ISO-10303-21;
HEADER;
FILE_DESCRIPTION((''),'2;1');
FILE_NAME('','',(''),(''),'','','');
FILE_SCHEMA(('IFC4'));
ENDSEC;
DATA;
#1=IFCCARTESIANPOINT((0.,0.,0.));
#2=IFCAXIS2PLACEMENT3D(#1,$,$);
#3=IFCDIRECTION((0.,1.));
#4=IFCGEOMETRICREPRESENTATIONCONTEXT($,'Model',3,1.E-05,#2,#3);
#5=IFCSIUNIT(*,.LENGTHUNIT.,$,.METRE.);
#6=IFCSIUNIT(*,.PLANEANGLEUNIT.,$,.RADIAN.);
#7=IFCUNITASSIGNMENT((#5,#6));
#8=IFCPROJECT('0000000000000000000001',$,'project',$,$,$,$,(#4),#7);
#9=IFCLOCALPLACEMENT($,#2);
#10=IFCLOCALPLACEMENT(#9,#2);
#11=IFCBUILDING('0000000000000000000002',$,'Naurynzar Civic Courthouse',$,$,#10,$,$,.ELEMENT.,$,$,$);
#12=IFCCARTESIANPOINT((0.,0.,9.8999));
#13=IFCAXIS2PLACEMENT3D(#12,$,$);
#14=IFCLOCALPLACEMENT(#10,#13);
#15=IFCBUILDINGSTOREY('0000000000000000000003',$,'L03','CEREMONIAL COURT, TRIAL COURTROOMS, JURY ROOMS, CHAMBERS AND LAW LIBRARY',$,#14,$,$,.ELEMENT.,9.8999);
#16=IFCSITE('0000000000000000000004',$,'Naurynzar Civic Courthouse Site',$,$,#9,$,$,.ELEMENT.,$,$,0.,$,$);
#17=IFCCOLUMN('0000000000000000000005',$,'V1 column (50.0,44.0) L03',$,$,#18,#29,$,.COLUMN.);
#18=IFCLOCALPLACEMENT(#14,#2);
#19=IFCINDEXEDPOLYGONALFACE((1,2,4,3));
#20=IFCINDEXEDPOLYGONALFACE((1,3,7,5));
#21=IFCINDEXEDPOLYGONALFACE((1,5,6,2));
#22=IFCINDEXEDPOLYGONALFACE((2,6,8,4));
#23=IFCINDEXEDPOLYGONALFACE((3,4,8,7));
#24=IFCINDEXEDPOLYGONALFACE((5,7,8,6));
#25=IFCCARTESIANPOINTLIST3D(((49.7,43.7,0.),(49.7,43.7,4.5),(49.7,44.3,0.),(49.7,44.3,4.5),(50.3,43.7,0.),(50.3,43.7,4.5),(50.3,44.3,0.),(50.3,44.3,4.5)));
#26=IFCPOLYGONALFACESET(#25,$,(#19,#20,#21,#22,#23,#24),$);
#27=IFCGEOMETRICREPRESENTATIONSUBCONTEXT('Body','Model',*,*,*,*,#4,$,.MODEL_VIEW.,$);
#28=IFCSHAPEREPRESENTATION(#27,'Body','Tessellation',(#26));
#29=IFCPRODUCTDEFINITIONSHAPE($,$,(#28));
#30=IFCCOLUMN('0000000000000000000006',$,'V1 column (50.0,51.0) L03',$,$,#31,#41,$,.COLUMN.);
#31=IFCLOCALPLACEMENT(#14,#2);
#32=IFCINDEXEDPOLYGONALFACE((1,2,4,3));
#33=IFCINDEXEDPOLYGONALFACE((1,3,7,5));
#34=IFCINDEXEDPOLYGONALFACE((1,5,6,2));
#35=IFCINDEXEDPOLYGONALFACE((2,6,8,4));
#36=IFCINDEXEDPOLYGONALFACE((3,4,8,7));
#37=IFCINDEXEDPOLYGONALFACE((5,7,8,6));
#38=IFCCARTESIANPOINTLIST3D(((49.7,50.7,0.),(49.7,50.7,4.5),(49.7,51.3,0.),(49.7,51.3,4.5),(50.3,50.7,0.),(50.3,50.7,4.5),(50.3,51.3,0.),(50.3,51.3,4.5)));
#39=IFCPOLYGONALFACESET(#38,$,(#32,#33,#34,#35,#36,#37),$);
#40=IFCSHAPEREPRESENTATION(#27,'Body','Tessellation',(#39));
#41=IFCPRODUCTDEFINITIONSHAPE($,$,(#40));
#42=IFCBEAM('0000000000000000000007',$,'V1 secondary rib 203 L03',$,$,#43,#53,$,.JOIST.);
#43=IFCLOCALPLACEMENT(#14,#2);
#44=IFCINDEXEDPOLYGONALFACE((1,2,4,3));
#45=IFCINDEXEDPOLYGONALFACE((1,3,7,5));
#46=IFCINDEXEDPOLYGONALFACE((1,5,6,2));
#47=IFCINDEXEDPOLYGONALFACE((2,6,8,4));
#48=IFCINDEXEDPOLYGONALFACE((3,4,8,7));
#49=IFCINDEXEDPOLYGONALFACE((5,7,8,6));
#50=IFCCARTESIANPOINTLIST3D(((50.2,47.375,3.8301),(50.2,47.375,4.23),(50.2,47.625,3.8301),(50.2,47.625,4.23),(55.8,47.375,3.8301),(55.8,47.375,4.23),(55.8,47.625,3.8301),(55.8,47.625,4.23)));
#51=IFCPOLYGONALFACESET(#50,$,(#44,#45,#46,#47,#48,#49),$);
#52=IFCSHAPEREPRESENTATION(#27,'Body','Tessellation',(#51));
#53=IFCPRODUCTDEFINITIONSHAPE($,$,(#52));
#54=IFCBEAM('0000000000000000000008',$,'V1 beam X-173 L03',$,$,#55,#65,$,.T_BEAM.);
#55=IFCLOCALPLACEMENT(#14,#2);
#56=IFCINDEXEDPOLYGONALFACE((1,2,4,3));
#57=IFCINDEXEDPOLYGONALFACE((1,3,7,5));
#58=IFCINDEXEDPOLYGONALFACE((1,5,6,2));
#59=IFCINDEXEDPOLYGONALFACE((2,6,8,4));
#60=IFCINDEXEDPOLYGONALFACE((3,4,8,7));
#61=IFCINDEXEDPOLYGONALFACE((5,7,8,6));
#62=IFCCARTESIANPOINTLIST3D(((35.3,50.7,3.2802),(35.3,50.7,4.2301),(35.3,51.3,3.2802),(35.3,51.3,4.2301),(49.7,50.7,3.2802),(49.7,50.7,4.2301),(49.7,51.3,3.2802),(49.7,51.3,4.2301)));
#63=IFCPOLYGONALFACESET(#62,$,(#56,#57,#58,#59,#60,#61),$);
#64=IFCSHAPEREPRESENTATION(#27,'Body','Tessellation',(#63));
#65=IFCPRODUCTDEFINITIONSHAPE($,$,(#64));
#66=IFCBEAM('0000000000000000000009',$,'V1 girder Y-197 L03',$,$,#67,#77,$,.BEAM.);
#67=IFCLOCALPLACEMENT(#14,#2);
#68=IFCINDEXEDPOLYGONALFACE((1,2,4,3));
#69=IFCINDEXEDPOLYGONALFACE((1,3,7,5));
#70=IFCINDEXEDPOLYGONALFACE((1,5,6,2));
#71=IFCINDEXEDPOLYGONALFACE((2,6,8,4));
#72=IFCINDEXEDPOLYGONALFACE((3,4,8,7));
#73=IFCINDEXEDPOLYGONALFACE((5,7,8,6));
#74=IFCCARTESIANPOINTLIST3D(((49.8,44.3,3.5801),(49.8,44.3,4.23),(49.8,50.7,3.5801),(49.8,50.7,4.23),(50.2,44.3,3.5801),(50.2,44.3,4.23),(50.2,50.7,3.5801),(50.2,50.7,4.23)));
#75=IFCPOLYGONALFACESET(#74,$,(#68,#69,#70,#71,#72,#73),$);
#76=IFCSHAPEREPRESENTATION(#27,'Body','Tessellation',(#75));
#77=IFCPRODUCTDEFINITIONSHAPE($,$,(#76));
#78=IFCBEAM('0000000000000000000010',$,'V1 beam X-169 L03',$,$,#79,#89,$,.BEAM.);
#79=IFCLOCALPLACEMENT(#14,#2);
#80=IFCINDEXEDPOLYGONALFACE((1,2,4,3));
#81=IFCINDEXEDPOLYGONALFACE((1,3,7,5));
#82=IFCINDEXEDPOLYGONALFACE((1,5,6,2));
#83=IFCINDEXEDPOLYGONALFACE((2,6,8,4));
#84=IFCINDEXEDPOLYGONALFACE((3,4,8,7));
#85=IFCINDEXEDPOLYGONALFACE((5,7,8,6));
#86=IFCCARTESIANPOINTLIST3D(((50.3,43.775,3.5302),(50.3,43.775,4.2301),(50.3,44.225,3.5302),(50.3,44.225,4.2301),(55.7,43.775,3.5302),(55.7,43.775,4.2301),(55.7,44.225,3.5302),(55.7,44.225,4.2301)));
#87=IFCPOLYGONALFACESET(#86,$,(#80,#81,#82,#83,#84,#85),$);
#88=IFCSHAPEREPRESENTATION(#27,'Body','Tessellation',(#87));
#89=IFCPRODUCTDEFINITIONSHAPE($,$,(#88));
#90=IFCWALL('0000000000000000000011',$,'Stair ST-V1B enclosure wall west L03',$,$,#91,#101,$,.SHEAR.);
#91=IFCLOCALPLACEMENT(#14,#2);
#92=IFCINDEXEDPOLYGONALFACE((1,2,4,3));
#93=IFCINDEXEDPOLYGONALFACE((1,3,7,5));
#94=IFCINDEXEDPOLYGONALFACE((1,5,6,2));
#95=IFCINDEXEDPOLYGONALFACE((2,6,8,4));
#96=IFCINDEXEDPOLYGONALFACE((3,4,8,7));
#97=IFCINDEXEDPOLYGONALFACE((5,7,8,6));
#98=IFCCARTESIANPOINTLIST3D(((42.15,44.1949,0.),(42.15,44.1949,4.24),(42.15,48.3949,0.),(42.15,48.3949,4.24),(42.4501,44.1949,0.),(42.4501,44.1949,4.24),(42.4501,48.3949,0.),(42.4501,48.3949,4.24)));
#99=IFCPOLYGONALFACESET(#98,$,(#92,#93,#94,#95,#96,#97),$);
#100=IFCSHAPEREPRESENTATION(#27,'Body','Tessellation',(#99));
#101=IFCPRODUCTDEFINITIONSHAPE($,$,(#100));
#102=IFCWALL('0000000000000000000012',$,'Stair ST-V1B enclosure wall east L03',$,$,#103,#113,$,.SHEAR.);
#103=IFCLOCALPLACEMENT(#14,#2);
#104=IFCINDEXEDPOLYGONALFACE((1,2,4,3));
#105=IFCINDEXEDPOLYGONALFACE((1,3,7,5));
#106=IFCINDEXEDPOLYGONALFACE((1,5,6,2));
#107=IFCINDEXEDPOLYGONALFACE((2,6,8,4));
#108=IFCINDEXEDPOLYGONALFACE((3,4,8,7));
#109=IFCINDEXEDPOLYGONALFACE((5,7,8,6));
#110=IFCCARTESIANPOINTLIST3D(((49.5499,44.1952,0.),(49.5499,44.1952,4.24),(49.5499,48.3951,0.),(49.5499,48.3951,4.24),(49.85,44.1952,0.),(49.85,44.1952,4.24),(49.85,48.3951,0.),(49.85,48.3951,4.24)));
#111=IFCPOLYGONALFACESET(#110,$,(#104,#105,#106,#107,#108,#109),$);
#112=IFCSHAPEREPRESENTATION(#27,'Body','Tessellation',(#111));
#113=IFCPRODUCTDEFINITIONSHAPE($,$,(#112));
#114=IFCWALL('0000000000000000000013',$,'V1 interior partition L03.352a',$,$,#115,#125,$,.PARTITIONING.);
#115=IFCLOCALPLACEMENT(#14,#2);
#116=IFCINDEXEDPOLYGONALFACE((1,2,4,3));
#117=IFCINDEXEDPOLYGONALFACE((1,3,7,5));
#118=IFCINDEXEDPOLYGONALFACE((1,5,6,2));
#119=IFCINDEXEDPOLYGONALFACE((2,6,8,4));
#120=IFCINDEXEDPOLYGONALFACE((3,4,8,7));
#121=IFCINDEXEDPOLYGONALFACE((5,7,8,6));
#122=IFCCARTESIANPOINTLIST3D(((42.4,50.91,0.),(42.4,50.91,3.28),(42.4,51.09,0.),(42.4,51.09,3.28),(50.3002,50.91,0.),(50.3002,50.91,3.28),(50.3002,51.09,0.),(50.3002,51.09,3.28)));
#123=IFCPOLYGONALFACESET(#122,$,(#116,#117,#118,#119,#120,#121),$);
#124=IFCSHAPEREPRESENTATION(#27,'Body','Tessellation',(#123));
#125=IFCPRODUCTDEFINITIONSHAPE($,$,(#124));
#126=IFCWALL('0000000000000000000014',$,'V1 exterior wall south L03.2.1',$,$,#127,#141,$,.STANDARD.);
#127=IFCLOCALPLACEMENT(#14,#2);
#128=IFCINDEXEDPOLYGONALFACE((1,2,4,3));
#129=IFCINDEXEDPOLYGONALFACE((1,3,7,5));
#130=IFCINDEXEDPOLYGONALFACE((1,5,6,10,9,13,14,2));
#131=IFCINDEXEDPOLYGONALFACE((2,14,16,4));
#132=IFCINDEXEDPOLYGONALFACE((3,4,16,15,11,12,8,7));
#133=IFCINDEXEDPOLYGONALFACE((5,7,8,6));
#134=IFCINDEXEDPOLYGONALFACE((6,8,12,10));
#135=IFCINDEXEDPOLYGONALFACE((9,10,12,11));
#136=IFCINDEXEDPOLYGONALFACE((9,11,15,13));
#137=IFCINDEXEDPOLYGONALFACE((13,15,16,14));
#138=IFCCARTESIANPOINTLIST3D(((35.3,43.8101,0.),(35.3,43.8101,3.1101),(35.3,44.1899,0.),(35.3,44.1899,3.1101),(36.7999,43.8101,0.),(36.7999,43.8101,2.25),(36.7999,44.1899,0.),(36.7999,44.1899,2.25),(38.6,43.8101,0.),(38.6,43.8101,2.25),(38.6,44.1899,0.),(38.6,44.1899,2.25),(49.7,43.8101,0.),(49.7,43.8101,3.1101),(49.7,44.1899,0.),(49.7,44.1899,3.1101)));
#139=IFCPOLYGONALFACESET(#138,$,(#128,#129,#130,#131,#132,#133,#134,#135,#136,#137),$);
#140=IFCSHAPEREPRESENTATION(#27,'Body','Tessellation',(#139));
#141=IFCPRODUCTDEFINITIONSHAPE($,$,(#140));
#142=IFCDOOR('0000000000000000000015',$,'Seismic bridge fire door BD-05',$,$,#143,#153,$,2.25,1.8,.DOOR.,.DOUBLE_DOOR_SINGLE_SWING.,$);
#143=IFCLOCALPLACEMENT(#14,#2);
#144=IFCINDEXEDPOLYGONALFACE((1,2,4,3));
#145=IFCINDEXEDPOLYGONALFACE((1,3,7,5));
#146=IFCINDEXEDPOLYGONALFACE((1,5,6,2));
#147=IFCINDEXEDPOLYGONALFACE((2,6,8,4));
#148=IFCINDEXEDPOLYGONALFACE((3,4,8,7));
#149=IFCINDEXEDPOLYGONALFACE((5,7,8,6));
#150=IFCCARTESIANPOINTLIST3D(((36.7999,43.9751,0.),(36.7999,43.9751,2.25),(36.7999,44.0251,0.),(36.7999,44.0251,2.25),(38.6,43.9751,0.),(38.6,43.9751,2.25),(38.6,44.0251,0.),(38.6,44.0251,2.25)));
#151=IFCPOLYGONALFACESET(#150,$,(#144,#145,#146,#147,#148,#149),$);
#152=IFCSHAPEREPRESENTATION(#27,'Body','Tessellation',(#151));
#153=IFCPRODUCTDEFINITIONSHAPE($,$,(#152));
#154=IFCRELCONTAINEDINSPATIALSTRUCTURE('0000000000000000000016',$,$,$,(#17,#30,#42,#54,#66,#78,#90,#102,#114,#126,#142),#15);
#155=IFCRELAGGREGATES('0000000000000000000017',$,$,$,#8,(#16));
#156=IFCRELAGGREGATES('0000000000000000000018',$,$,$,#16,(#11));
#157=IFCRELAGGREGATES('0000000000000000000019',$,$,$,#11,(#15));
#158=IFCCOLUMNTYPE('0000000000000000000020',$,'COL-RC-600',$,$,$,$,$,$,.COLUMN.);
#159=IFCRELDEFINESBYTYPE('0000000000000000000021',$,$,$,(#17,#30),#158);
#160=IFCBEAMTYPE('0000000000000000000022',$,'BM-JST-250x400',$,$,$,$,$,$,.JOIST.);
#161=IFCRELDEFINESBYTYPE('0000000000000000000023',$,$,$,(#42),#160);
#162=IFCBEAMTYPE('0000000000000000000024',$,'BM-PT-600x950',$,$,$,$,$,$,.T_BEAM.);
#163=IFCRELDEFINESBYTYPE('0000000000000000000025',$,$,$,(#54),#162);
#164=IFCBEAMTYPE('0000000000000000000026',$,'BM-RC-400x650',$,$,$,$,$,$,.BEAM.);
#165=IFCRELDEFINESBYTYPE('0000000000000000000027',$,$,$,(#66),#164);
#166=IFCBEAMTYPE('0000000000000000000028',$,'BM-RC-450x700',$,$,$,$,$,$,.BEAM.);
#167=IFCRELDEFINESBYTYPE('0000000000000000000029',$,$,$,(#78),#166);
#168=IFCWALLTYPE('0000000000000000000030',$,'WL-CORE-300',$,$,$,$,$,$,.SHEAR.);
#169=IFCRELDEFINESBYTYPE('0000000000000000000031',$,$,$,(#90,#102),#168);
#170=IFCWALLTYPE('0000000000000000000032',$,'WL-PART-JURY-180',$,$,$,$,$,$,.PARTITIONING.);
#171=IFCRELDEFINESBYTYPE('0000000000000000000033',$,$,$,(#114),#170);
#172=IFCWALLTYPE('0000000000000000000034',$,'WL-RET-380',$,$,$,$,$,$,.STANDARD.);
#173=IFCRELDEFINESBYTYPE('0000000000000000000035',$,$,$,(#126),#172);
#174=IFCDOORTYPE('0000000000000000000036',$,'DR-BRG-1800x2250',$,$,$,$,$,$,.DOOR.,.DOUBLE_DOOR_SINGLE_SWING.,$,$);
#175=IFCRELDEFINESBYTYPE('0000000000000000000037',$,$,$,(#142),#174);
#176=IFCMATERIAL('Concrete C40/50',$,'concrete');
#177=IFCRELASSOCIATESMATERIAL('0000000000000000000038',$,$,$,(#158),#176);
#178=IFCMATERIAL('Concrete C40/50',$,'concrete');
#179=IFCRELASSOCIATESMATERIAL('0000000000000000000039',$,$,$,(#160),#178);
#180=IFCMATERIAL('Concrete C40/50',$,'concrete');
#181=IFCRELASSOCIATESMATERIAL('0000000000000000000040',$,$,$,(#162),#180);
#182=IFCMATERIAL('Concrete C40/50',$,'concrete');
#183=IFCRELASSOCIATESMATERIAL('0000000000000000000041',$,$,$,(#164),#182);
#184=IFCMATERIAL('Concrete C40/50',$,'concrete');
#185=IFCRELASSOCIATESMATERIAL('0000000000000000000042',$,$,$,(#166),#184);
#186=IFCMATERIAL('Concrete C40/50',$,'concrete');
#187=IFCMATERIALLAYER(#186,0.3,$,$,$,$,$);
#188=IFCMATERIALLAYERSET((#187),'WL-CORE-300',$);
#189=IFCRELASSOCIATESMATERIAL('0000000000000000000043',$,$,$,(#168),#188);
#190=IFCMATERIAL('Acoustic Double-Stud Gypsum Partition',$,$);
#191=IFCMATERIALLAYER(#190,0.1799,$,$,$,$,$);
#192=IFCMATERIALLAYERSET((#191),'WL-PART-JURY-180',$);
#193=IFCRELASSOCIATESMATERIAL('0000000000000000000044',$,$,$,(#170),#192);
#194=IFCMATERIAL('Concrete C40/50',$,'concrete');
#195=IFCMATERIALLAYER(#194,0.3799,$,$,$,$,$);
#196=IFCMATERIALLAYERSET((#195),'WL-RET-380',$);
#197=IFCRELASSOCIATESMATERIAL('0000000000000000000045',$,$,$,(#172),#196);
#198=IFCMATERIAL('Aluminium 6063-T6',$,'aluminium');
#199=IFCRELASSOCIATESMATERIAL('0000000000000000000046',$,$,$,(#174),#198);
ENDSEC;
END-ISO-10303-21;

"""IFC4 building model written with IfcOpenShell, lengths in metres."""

from ifc_helpers import new_model, si_unit, direction, frame, frame_2d, origin, origin_2d, place, context, subcontext, project, spatial, rectangle, extrude, material, layer, layer_set, material_profile, profile_set, type_object, element, fill, save


model = new_model("IFC4")

# Units and contexts
model_context = context("Model", 3, precision=1e-05, world=origin(), true_north=direction((0.0, 1.0)))
body_context = subcontext(model_context, "Body", "Model", "MODEL_VIEW")
ifc_project = project(units=[si_unit("LENGTHUNIT", "METRE"), si_unit("PLANEANGLEUNIT", "RADIAN")], contexts=[model_context])

# Site, building, storey
site_placement = place(None, origin())
site = spatial("IfcSite", under=ifc_project, at=site_placement, Name="Naurynzar Civic Courthouse Site", CompositionType="ELEMENT", RefElevation=0.0)
building_placement = place(site_placement, origin())
building = spatial("IfcBuilding", under=site, at=building_placement, Name="Naurynzar Civic Courthouse", CompositionType="ELEMENT")
storey_placement = place(building_placement, frame((0.0, 0.0, 9.8999)))
storey = spatial("IfcBuildingStorey", under=building, at=storey_placement, Name="L03", Description="CEREMONIAL COURT, TRIAL COURTROOMS, JURY ROOMS, CHAMBERS AND LAW LIBRARY", CompositionType="ELEMENT", Elevation=9.8999)

# Columns
ifc_material_1 = material(Name="Concrete C40/50", Category="concrete")
ifc_material_profile_1 = material_profile(ifc_material_1, rectangle(XDim=0.6001, YDim=0.6001, at=origin_2d()), Name="RC 600x600")
ifc_profile_set_1 = profile_set([ifc_material_profile_1], Name="Concrete C40/50")
column_type = type_object("IfcColumnType", Name="COL-RC-600", PredefinedType="COLUMN", material=ifc_profile_set_1)
for number, where, z_axis, x_axis, name in (
    (1, (50.0, 44.0, 0.0), (0.0, 0.0, 1.0), (1.0, 0.0, 0.0), "V1 column (50.0,44.0) L03"),
    (2, (50.0, 51.0, 0.0), (0.0, 0.0, 1.0), (1.0, 0.0, 0.0), "V1 column (50.0,51.0) L03"),
):
    element("IfcColumn", number, at=place(storey_placement, frame(where, z_axis=z_axis, x_axis=x_axis)), inside=storey, type_object=column_type, Name=name, PredefinedType="COLUMN", context=body_context, shape_type="SweptSolid", body=[
        extrude(rectangle(XDim=0.6001, YDim=0.6001, at=origin_2d()), origin(), (0.0, 0.0, 1.0), 4.5),
    ])

# Beams
ifc_material_2 = material(Name="Concrete C40/50", Category="concrete")
ifc_material_profile_2 = material_profile(ifc_material_2, rectangle(XDim=0.25, YDim=0.3999, at=origin_2d()), Name="RCB 250x400")
ifc_profile_set_2 = profile_set([ifc_material_profile_2], Name="Concrete C40/50")
beam_type_1 = type_object("IfcBeamType", Name="BM-JST-250x400", PredefinedType="JOIST", material=ifc_profile_set_2)
beam_1_placement = place(storey_placement, frame((50.2, 47.5, 4.03), z_axis=(1.0, 0.0, 0.0), x_axis=(0.0, 1.0, 0.0)))
element("IfcBeam", 3, at=beam_1_placement, inside=storey, type_object=beam_type_1, Name="V1 secondary rib 203 L03", PredefinedType="JOIST", context=body_context, shape_type="SweptSolid", body=[
    extrude(rectangle(XDim=0.25, YDim=0.3999, at=origin_2d()), origin(), (0.0, 0.0, 1.0), 5.6001),
])
ifc_material_3 = material(Name="Concrete C40/50", Category="concrete")
ifc_material_profile_3 = material_profile(ifc_material_3, rectangle(XDim=0.6001, YDim=0.95, at=origin_2d()), Name="PTB 600x950")
ifc_profile_set_3 = profile_set([ifc_material_profile_3], Name="Concrete C40/50")
beam_type_2 = type_object("IfcBeamType", Name="BM-PT-600x950", PredefinedType="T_BEAM", material=ifc_profile_set_3)
beam_2_placement = place(storey_placement, frame((35.3, 51.0, 3.7551), z_axis=(1.0, 0.0, 0.0), x_axis=(0.0, 1.0, 0.0)))
element("IfcBeam", 4, at=beam_2_placement, inside=storey, type_object=beam_type_2, Name="V1 beam X-173 L03", PredefinedType="T_BEAM", context=body_context, shape_type="SweptSolid", body=[
    extrude(rectangle(XDim=0.6001, YDim=0.95, at=origin_2d()), origin(), (0.0, 0.0, 1.0), 14.3999),
])
ifc_material_4 = material(Name="Concrete C40/50", Category="concrete")
ifc_material_profile_4 = material_profile(ifc_material_4, rectangle(XDim=0.3999, YDim=0.6499, at=origin_2d()), Name="RCB 400x650")
ifc_profile_set_4 = profile_set([ifc_material_profile_4], Name="Concrete C40/50")
beam_type_3 = type_object("IfcBeamType", Name="BM-RC-400x650", PredefinedType="BEAM", material=ifc_profile_set_4)
beam_3_placement = place(storey_placement, frame((50.0, 44.3, 3.905), z_axis=(0.0, 1.0, 0.0), x_axis=(-1.0, 0.0, 0.0)))
element("IfcBeam", 5, at=beam_3_placement, inside=storey, type_object=beam_type_3, Name="V1 girder Y-197 L03", PredefinedType="BEAM", context=body_context, shape_type="SweptSolid", body=[
    extrude(rectangle(XDim=0.3999, YDim=0.6499, at=origin_2d()), origin(), (0.0, 0.0, 1.0), 6.3999),
])
ifc_material_5 = material(Name="Concrete C40/50", Category="concrete")
ifc_material_profile_5 = material_profile(ifc_material_5, rectangle(XDim=0.45, YDim=0.7, at=origin_2d()), Name="RCB 450x700")
ifc_profile_set_5 = profile_set([ifc_material_profile_5], Name="Concrete C40/50")
beam_type_4 = type_object("IfcBeamType", Name="BM-RC-450x700", PredefinedType="BEAM", material=ifc_profile_set_5)
beam_4_placement = place(storey_placement, frame((50.3, 44.0, 3.8801), z_axis=(1.0, 0.0, 0.0), x_axis=(0.0, 1.0, 0.0)))
element("IfcBeam", 6, at=beam_4_placement, inside=storey, type_object=beam_type_4, Name="V1 beam X-169 L03", PredefinedType="BEAM", context=body_context, shape_type="SweptSolid", body=[
    extrude(rectangle(XDim=0.45, YDim=0.7, at=origin_2d()), origin(), (0.0, 0.0, 1.0), 5.3999),
])

# Shared definitions
ifc_material_6 = material(Name="Concrete C40/50", Category="concrete")
ifc_layer_1 = layer(ifc_material_6, 0.3)
ifc_layer_set_1 = layer_set([ifc_layer_1], Name="WL-CORE-300")
wall_type_1 = type_object("IfcWallType", Name="WL-CORE-300", PredefinedType="SHEAR", material=ifc_layer_set_1)

# Walls
for number, where, z_axis, x_axis, name in (
    (7, (42.3, 48.395, 0.0), (0.0, 0.0, 1.0), (0.0, -1.0, 0.0), "Stair ST-V1B enclosure wall west L03"),
    (8, (49.7, 44.1951, 0.0), (0.0, 0.0, 1.0), (0.0, 1.0, 0.0), "Stair ST-V1B enclosure wall east L03"),
):
    element("IfcWall", number, at=place(storey_placement, frame(where, z_axis=z_axis, x_axis=x_axis)), inside=storey, type_object=wall_type_1, Name=name, PredefinedType="SHEAR", context=body_context, shape_type="SweptSolid", body=[
        extrude(rectangle(XDim=4.2, YDim=0.3, at=frame_2d((2.1001, 0.0))), origin(), (0.0, 0.0, 1.0), 4.24),
    ])
ifc_material_7 = material(Name="Acoustic Double-Stud Gypsum Partition")
ifc_layer_2 = layer(ifc_material_7, 0.1799)
ifc_layer_set_2 = layer_set([ifc_layer_2], Name="WL-PART-JURY-180")
wall_type_2 = type_object("IfcWallType", Name="WL-PART-JURY-180", PredefinedType="PARTITIONING", material=ifc_layer_set_2)
wall_1_placement = place(storey_placement, frame((42.3999, 51.0, 0.0), z_axis=(0.0, 0.0, 1.0), x_axis=(1.0, 0.0, 0.0)))
element("IfcWall", 9, at=wall_1_placement, inside=storey, type_object=wall_type_2, Name="V1 interior partition L03.352a", PredefinedType="PARTITIONING", context=body_context, shape_type="SweptSolid", body=[
    extrude(rectangle(XDim=7.9001, YDim=0.1799, at=frame_2d((3.9502, 0.0))), origin(), (0.0, 0.0, 1.0), 3.28),
])

# Wall, opening, door
ifc_material_8 = material(Name="Concrete C40/50", Category="concrete")
ifc_layer_3 = layer(ifc_material_8, 0.3799)
ifc_layer_set_3 = layer_set([ifc_layer_3], Name="WL-RET-380")
wall_type_3 = type_object("IfcWallType", Name="WL-RET-380", PredefinedType="STANDARD", material=ifc_layer_set_3)
wall_2_placement = place(storey_placement, frame((49.7, 44.0, 0.0), z_axis=(0.0, 0.0, 1.0), x_axis=(-1.0, 0.0, 0.0)))
wall_2 = element("IfcWall", 10, at=wall_2_placement, inside=storey, type_object=wall_type_3, Name="V1 exterior wall south L03.2.1", PredefinedType="STANDARD", context=body_context, shape_type="SweptSolid", body=[
    extrude(rectangle(XDim=14.3999, YDim=0.3799, at=frame_2d((7.2, 0.0))), origin(), (0.0, 0.0, 1.0), 3.1101),
])
opening_1_placement = place(wall_2_placement, frame((11.1001, 0.0, 0.0)))
opening_1 = element("IfcOpeningElement", 11, at=opening_1_placement, cuts=wall_2, PredefinedType="OPENING", context=body_context, shape_type="SweptSolid", body=[
    extrude(rectangle(XDim=1.8, YDim=2.25, at=frame_2d((0.8999, 1.125))), frame((0.0, 0.2, 0.0), z_axis=(0.0, -1.0, 0.0), x_axis=(1.0, 0.0, 0.0)), (0.0, 0.0, 1.0), 0.3999),
])
ifc_material_9 = material(Name="Aluminium 6063-T6", Category="aluminium")
door_type_1 = type_object("IfcDoorType", Name="DR-BRG-1800x2250", OperationType="DOUBLE_DOOR_SINGLE_SWING", PredefinedType="DOOR", material=ifc_material_9)
door_1_placement = place(opening_1_placement, origin())
door_1 = element("IfcDoor", 12, at=door_1_placement, inside=storey, type_object=door_type_1, Name="Seismic bridge fire door BD-05", OperationType="DOUBLE_DOOR_SINGLE_SWING", OverallHeight=2.25, OverallWidth=1.8, PredefinedType="DOOR", context=body_context, shape_type="SweptSolid", body=[
    extrude(rectangle(XDim=1.8, YDim=2.25, at=frame_2d((0.8999, 1.125))), frame((0.0, 0.0249, 0.0), z_axis=(0.0, -1.0, 0.0), x_axis=(1.0, 0.0, 0.0)), (0.0, 0.0, 1.0), 0.05),
])
fill(opening_1, door_1)

save(model, "model.ifc")
